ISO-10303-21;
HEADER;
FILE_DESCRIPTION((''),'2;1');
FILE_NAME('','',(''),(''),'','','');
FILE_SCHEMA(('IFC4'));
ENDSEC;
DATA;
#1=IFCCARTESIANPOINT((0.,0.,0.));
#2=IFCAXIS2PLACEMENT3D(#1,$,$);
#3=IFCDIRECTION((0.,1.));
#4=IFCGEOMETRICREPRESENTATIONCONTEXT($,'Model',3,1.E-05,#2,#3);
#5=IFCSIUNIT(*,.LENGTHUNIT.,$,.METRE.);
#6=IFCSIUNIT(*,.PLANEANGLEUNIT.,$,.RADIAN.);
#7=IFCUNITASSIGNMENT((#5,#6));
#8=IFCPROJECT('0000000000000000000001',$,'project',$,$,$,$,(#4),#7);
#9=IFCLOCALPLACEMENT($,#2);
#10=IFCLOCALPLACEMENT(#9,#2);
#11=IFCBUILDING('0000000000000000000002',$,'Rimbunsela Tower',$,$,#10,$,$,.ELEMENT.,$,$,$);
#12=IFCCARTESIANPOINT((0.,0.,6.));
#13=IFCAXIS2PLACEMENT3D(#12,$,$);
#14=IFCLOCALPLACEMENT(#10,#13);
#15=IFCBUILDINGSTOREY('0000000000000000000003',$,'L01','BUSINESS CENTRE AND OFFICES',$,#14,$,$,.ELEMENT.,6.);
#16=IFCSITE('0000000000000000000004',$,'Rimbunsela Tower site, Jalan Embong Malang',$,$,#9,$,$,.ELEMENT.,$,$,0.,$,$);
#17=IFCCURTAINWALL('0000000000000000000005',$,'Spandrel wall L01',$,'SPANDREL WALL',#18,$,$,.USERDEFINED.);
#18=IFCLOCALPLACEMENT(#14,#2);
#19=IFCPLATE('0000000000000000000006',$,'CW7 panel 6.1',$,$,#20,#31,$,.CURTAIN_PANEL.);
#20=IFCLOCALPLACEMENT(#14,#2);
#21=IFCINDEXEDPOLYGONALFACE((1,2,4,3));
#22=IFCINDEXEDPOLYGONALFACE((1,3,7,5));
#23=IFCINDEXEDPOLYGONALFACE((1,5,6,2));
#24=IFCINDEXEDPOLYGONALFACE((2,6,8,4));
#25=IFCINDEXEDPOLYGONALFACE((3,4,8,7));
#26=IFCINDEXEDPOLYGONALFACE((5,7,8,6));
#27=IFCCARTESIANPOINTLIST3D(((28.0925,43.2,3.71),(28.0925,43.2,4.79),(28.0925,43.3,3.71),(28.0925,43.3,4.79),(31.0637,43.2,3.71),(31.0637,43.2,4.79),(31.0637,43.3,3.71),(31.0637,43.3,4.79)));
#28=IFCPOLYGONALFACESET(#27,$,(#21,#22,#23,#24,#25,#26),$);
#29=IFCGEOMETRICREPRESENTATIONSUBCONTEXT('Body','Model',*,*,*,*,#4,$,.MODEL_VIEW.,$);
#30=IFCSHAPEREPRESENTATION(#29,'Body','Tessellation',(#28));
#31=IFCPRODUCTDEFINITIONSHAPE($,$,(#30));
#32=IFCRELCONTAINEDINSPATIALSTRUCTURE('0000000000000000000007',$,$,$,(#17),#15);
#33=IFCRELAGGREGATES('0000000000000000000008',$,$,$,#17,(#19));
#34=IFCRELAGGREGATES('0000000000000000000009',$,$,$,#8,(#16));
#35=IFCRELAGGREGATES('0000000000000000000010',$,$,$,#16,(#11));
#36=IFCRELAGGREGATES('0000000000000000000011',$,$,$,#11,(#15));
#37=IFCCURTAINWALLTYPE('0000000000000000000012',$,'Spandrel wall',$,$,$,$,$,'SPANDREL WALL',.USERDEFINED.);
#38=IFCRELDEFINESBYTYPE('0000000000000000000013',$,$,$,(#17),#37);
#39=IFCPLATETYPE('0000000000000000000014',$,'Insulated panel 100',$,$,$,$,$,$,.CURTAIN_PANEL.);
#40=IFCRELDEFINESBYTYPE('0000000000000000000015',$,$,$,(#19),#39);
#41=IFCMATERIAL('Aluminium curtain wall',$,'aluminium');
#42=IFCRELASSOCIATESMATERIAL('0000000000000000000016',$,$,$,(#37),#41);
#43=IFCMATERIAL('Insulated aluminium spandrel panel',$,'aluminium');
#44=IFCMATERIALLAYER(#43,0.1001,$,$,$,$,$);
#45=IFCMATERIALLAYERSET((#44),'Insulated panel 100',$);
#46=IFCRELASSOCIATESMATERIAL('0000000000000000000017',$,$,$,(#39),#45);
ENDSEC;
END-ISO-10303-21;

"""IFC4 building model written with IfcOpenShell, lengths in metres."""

from ifc_helpers import new_model, si_unit, direction, frame, origin, origin_2d, place, context, subcontext, project, spatial, rectangle, extrude, material, layer, layer_set, type_object, element, aggregate, save


model = new_model("IFC4")

# Units and contexts
model_context = context("Model", 3, precision=1e-05, world=origin(), true_north=direction((0.0, 1.0)))
body_context = subcontext(model_context, "Body", "Model", "MODEL_VIEW")
ifc_project = project(units=[si_unit("LENGTHUNIT", "METRE"), si_unit("PLANEANGLEUNIT", "RADIAN")], contexts=[model_context])

# Site, building, storey
site_placement = place(None, origin())
site = spatial("IfcSite", under=ifc_project, at=site_placement, Name="Rimbunsela Tower site, Jalan Embong Malang", CompositionType="ELEMENT", RefElevation=0.0)
building_placement = place(site_placement, origin())
building = spatial("IfcBuilding", under=site, at=building_placement, Name="Rimbunsela Tower", CompositionType="ELEMENT")
storey_placement = place(building_placement, frame((0.0, 0.0, 6.0)))
storey = spatial("IfcBuildingStorey", under=building, at=storey_placement, Name="L01", Description="BUSINESS CENTRE AND OFFICES", CompositionType="ELEMENT", Elevation=6.0)

# Curtain wall
ifc_material_1 = material(Name="Aluminium curtain wall", Category="aluminium")
curtain_wall_type_1 = type_object("IfcCurtainWallType", Name="Spandrel wall", ElementType="SPANDREL WALL", PredefinedType="USERDEFINED", material=ifc_material_1)
curtain_wall_1_placement = place(storey_placement, origin())
curtain_wall_1 = element("IfcCurtainWall", 1, at=curtain_wall_1_placement, inside=storey, type_object=curtain_wall_type_1, Name="Spandrel wall L01", ObjectType="SPANDREL WALL", PredefinedType="USERDEFINED")

# Plate
ifc_material_2 = material(Name="Insulated aluminium spandrel panel", Category="aluminium")
ifc_layer_1 = layer(ifc_material_2, 0.1001)
ifc_layer_set_1 = layer_set([ifc_layer_1], Name="Insulated panel 100")
plate_type_1 = type_object("IfcPlateType", Name="Insulated panel 100", PredefinedType="CURTAIN_PANEL", material=ifc_layer_set_1)
plate_1_placement = place(storey_placement, frame((29.5781, 43.25, 3.71), z_axis=(0.0, 0.0, 1.0), x_axis=(-1.0, 0.0, 0.0)))
plate_1 = element("IfcPlate", 2, at=plate_1_placement, type_object=plate_type_1, Name="CW7 panel 6.1", PredefinedType="CURTAIN_PANEL", context=body_context, shape_type="SweptSolid", body=[
    extrude(rectangle(XDim=2.9712, YDim=0.1001, at=origin_2d()), origin(), (0.0, 0.0, 1.0), 1.0801),
])
aggregate(curtain_wall_1, [plate_1])

save(model, "model.ifc")
